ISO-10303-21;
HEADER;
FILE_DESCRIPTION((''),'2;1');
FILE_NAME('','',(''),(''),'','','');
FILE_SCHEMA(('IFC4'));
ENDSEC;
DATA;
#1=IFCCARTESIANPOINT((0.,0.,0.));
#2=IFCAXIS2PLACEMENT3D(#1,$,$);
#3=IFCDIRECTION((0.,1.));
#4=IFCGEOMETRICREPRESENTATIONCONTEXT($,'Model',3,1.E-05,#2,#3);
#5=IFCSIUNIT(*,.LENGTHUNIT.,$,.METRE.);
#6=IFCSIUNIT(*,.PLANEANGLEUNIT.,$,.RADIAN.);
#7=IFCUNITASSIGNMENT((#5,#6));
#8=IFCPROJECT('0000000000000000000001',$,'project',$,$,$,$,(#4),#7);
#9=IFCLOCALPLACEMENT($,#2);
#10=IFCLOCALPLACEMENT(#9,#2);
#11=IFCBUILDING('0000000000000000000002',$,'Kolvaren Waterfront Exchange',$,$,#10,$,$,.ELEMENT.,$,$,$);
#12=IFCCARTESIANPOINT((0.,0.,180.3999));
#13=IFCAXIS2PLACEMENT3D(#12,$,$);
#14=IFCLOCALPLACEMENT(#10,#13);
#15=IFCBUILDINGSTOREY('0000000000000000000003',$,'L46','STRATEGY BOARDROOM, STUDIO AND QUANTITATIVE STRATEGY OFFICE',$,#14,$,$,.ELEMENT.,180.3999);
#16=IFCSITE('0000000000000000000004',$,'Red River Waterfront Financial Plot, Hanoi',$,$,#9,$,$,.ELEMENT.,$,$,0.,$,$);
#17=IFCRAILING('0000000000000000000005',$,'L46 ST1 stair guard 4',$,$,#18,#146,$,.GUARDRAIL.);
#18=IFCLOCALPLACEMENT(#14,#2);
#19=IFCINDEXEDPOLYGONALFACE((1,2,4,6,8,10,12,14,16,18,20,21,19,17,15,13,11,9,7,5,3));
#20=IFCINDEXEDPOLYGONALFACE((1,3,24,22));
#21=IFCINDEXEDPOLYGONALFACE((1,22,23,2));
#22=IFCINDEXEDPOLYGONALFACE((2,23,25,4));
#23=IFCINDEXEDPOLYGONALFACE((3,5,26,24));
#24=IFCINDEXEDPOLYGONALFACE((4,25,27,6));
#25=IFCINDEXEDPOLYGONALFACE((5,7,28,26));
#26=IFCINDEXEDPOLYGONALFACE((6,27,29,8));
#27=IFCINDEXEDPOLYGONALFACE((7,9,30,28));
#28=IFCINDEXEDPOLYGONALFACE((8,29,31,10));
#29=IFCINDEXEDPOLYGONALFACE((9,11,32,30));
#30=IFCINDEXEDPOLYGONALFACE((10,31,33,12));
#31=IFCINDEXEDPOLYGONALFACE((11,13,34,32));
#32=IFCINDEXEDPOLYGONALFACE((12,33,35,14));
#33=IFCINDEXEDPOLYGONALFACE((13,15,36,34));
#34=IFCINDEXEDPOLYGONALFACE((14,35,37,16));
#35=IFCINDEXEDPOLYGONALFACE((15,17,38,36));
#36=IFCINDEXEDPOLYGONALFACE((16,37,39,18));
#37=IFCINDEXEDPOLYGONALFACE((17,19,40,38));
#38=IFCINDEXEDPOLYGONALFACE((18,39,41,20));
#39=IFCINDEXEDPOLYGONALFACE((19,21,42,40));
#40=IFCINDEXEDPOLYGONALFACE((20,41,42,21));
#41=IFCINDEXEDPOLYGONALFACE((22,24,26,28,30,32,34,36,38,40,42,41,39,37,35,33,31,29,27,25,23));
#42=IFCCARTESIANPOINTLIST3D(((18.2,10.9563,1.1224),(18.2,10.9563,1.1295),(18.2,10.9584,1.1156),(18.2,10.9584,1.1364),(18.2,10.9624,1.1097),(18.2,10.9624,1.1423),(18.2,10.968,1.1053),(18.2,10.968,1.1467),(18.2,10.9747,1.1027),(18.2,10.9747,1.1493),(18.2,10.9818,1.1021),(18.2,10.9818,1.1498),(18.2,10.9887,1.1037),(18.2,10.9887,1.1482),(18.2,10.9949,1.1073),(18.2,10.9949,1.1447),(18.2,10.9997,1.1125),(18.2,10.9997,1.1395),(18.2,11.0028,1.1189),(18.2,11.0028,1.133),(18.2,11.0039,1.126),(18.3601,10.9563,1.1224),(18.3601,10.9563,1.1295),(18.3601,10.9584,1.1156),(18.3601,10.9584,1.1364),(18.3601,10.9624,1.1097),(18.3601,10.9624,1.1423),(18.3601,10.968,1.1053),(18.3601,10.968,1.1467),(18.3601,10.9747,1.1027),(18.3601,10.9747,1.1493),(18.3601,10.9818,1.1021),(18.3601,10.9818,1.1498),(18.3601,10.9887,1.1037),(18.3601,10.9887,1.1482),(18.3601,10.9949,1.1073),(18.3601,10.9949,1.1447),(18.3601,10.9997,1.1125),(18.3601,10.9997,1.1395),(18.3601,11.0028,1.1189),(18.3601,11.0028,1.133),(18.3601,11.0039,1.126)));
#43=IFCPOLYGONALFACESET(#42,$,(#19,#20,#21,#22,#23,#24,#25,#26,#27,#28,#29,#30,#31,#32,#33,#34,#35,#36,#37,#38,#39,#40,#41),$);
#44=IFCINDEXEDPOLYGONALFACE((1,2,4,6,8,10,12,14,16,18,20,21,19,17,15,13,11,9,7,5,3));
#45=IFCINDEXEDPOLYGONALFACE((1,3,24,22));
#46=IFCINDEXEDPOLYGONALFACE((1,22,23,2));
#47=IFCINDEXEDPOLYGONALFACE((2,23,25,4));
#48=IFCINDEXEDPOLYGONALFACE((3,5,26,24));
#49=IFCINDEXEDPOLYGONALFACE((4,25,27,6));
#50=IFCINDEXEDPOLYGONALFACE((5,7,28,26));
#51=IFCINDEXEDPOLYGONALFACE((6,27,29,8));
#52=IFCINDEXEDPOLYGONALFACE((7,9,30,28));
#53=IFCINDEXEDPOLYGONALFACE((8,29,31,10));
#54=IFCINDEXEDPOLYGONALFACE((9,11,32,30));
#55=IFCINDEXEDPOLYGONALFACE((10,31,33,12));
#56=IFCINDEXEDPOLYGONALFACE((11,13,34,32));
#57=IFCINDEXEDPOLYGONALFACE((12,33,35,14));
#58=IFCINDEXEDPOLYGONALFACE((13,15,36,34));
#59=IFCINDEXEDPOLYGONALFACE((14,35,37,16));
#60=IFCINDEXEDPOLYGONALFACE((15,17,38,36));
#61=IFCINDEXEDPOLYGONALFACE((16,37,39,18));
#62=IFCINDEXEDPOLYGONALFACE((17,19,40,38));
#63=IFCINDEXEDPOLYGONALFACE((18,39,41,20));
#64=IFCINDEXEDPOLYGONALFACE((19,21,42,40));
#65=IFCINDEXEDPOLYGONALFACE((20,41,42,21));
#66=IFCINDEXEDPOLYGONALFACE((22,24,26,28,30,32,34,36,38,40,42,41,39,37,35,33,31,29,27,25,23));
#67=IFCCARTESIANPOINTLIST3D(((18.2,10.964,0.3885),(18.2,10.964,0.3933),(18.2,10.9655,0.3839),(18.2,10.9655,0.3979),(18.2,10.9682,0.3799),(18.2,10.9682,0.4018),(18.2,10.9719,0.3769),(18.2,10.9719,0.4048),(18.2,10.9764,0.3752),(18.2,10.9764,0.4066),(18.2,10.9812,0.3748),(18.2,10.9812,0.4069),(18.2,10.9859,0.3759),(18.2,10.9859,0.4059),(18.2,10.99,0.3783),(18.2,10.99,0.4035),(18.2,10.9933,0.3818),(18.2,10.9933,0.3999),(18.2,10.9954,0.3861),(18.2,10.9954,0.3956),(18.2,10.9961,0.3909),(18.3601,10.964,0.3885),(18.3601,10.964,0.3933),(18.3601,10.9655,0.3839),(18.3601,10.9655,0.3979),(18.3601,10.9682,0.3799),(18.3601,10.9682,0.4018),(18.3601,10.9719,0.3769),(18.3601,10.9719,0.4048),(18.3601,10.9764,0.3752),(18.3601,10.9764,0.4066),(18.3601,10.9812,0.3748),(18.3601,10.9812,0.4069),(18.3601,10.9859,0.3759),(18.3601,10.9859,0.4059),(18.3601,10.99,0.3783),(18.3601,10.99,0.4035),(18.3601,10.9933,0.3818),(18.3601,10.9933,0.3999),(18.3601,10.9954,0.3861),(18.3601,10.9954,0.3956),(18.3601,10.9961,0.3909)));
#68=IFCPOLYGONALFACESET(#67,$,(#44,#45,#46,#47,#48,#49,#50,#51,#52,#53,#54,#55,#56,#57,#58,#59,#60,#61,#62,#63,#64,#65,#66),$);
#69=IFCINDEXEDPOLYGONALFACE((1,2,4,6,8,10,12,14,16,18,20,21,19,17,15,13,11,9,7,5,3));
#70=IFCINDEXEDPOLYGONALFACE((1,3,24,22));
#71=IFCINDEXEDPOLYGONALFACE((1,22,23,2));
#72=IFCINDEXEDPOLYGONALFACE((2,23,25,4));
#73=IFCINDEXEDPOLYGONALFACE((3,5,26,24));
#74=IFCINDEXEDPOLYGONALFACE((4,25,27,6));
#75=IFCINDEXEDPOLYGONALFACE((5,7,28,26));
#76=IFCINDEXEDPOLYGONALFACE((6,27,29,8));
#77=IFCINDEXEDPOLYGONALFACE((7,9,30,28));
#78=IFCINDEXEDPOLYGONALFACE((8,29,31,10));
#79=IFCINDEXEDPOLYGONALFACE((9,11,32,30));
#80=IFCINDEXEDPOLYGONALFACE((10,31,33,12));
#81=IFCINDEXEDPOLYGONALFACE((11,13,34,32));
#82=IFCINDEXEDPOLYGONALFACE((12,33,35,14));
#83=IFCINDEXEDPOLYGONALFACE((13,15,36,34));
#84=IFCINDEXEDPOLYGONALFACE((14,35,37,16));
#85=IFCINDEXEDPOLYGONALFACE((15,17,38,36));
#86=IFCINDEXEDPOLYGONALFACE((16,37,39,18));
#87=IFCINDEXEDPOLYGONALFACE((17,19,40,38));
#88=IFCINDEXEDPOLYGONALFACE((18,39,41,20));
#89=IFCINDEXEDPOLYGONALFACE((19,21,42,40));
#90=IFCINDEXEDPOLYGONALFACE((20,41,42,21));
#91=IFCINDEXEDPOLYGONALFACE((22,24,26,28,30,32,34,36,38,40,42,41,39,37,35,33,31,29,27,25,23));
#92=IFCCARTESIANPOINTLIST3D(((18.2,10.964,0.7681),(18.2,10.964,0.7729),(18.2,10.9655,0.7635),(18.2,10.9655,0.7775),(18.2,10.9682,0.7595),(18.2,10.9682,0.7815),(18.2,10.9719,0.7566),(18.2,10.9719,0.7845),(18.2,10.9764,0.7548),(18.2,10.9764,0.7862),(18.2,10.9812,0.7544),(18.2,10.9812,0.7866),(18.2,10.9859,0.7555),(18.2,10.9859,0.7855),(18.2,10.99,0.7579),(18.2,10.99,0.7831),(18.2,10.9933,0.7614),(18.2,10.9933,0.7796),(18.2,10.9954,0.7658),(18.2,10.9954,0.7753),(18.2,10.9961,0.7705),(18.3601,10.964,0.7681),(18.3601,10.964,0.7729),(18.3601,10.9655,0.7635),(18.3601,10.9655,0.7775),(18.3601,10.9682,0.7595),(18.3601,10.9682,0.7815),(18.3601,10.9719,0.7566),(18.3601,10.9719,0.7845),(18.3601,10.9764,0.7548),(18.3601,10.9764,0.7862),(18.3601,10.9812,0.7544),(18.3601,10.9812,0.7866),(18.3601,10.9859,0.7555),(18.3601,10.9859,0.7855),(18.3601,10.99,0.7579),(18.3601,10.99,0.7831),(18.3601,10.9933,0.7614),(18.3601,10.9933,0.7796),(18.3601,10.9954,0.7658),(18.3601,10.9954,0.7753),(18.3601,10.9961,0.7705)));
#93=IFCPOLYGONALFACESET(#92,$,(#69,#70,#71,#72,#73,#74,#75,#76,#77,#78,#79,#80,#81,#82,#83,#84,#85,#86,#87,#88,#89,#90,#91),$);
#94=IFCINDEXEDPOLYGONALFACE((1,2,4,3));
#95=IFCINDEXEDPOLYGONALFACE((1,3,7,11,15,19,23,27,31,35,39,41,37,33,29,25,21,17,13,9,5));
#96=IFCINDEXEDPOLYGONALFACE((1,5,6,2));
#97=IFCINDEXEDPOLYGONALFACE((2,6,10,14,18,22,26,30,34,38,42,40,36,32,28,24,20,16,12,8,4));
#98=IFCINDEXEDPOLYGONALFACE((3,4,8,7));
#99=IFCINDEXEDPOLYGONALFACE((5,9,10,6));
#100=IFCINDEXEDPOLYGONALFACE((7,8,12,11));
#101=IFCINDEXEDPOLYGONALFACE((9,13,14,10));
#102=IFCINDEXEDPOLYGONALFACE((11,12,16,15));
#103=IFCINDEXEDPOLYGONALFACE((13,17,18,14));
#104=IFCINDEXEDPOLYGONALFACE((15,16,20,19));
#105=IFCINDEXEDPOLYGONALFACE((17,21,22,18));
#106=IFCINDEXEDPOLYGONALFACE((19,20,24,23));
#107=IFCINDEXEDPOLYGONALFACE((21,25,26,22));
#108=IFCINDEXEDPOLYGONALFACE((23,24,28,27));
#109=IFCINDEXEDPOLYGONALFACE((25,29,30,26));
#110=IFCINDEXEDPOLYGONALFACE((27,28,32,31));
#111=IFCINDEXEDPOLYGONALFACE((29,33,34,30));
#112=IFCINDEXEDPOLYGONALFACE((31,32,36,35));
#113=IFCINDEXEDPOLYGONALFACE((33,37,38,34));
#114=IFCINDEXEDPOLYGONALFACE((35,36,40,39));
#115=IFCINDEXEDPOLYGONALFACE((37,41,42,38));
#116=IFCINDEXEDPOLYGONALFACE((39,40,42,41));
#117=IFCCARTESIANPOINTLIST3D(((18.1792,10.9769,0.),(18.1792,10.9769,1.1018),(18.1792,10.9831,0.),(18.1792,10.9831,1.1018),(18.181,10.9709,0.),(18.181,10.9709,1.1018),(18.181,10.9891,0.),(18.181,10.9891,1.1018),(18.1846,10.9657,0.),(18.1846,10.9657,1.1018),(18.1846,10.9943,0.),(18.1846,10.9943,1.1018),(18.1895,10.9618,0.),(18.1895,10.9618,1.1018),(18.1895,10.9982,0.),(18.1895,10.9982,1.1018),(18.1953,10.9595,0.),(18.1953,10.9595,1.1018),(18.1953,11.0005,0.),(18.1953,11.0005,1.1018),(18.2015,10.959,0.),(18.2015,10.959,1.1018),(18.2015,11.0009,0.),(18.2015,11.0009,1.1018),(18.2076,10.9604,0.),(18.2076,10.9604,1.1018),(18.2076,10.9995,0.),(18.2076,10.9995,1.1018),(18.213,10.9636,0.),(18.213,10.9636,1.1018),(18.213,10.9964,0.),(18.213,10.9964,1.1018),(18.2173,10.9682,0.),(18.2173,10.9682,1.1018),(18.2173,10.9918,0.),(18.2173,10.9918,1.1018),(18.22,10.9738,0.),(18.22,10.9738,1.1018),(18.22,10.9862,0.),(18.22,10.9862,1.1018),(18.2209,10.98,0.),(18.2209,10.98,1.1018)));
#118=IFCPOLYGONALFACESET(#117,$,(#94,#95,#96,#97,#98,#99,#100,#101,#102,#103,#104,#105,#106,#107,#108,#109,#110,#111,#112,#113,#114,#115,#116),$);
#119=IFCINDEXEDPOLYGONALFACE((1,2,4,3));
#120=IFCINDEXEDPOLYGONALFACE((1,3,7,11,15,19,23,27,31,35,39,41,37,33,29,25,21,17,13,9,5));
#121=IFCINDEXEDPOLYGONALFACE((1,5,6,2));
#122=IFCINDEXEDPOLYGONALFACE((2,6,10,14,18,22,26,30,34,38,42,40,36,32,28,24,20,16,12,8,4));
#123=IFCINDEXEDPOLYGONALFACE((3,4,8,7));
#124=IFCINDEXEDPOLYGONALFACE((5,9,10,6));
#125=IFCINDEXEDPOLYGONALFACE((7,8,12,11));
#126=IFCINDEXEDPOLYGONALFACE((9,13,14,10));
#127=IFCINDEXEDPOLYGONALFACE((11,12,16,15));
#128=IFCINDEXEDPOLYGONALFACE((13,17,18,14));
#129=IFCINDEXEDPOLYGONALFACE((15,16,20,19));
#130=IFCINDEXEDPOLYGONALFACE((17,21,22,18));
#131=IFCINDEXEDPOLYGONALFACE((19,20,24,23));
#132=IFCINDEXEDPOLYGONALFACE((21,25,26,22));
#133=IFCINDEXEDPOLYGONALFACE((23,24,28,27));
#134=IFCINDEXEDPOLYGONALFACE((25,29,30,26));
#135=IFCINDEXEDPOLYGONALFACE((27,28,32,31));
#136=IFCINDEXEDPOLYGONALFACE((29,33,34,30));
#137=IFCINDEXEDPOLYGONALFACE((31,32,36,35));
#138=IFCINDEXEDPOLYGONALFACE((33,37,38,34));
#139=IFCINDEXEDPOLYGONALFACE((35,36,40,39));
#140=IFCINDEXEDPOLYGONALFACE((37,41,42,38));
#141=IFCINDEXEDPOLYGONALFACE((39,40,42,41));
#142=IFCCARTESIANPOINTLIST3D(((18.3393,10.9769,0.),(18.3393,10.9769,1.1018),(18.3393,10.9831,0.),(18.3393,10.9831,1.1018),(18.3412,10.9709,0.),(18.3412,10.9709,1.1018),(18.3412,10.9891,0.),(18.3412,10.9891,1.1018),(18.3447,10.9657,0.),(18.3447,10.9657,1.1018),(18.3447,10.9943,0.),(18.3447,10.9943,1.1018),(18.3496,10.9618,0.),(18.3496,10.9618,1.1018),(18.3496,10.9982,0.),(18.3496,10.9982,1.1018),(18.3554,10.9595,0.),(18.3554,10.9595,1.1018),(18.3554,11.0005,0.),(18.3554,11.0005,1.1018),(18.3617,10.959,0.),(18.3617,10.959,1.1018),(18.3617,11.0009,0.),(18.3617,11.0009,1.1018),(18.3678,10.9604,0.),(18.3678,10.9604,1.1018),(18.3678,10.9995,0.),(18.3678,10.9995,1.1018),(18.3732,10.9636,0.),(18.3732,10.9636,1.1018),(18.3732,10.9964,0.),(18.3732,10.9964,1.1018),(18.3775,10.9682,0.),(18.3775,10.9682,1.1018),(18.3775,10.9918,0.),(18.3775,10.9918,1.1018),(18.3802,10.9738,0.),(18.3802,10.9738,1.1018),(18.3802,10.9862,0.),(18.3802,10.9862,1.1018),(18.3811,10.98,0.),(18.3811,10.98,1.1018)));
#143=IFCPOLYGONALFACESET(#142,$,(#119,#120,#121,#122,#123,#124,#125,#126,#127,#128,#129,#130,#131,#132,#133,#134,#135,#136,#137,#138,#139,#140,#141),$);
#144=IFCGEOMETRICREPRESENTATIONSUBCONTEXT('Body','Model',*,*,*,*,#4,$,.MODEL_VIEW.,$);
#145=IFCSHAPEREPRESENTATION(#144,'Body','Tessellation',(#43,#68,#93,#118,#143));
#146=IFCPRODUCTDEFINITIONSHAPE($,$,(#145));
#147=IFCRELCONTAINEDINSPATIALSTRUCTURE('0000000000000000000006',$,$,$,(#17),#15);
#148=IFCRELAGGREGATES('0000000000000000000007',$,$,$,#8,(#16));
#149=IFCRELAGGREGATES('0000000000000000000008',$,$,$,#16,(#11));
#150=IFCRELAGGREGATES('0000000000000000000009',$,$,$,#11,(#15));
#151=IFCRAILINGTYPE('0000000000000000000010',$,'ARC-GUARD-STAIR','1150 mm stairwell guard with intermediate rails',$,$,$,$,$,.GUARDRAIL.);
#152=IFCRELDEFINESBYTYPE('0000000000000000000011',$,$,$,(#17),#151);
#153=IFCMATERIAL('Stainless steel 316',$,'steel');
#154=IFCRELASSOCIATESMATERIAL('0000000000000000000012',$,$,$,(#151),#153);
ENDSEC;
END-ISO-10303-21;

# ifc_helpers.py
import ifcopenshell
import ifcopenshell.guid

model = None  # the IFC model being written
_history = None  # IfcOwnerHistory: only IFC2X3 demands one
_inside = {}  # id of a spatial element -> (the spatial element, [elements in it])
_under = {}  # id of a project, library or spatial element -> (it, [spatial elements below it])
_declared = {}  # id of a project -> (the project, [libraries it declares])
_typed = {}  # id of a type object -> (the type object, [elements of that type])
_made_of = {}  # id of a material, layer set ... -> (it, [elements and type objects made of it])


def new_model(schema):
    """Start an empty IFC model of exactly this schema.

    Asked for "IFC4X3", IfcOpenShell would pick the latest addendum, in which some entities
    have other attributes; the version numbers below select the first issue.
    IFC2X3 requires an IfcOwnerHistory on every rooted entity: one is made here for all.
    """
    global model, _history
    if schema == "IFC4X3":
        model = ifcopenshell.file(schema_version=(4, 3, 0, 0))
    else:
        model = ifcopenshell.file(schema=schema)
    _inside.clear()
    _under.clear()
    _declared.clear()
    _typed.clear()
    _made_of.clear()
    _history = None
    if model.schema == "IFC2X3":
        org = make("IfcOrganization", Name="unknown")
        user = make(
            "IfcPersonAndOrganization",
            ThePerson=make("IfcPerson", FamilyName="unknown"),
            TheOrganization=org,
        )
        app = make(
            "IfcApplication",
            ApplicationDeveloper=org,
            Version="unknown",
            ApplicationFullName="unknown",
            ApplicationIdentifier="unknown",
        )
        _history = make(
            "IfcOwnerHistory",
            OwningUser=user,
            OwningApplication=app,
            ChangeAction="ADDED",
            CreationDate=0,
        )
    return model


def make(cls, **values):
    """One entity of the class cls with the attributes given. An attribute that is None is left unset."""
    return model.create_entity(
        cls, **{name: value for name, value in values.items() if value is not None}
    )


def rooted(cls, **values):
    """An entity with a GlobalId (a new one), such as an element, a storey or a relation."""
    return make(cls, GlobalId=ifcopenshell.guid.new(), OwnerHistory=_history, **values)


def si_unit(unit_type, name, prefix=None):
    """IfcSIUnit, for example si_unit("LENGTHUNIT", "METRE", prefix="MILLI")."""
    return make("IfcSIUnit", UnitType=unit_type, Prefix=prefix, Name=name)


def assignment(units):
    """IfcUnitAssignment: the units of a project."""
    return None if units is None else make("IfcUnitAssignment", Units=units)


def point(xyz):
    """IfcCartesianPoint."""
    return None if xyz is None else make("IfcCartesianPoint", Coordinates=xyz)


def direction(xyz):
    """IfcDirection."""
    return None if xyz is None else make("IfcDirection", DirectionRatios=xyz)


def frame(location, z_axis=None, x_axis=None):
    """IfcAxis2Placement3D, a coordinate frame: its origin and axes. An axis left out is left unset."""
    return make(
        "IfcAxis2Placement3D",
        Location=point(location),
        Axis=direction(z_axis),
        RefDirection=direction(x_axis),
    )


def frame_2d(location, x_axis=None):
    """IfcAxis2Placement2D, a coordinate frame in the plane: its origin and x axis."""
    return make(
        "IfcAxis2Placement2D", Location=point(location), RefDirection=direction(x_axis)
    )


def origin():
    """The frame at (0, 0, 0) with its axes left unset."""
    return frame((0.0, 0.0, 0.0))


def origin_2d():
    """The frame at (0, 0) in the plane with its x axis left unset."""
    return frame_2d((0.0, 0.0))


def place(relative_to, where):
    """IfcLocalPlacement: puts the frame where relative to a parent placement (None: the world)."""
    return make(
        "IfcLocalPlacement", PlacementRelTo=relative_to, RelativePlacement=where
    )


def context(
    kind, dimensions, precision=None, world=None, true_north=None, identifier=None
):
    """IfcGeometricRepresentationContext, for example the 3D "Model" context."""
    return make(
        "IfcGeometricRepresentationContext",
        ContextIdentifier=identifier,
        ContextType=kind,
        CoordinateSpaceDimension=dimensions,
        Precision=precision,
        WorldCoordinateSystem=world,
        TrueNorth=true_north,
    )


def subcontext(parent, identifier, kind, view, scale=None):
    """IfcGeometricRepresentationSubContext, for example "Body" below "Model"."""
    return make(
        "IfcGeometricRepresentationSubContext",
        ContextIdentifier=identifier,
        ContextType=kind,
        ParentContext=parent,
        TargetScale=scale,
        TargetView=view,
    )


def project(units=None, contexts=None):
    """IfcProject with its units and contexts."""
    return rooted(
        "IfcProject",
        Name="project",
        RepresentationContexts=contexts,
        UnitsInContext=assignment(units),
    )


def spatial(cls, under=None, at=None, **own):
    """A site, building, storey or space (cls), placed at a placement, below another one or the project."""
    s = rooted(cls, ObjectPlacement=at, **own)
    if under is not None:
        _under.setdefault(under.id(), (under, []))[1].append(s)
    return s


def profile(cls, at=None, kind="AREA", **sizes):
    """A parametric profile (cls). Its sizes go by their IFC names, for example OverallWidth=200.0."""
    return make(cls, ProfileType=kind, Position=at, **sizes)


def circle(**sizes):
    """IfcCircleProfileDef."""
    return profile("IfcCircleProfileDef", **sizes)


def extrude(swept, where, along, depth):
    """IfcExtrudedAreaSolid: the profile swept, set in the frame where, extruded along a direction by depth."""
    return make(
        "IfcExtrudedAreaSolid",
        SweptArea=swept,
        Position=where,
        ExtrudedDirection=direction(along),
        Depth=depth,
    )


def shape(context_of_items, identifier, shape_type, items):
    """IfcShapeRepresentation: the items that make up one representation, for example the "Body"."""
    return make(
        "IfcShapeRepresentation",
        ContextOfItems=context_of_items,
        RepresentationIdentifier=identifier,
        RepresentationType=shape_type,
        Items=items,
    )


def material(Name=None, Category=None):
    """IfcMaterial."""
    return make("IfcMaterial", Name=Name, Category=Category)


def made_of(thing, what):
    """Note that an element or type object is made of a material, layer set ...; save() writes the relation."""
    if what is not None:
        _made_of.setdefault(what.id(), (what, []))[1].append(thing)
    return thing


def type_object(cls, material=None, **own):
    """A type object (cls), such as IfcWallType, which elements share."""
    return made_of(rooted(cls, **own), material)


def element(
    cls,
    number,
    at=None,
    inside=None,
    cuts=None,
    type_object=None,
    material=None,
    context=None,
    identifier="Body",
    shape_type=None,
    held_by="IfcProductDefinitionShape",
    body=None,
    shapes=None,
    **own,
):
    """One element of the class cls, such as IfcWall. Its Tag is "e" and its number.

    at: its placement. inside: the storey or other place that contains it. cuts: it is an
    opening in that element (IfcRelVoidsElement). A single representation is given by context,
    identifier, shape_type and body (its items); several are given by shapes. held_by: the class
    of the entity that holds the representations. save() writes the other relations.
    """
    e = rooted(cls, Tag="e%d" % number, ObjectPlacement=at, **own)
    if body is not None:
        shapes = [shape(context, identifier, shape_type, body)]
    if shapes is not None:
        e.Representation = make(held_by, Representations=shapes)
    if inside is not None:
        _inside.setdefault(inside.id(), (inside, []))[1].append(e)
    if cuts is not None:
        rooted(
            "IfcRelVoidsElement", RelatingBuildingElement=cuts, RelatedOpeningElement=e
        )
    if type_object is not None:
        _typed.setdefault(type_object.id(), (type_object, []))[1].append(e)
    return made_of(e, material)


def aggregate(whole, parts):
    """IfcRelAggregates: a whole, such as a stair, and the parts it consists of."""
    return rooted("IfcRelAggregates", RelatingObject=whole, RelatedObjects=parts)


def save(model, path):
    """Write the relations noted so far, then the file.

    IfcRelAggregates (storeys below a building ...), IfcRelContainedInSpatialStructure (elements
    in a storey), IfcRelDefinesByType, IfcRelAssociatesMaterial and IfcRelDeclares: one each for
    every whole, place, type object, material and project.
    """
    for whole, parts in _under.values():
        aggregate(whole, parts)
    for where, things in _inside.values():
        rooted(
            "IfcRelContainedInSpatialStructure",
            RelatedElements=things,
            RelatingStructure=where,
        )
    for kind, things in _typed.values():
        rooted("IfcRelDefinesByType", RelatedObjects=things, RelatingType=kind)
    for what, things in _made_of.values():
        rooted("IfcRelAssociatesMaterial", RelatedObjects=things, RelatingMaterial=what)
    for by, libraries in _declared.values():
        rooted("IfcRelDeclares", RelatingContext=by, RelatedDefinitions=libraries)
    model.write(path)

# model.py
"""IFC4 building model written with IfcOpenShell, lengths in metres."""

from ifc_helpers import new_model, si_unit, direction, frame, origin, origin_2d, place, context, subcontext, project, spatial, circle, extrude, material, type_object, element, save


model = new_model("IFC4")

# Units and contexts
model_context = context("Model", 3, precision=1e-05, world=origin(), true_north=direction((0.0, 1.0)))
body_context = subcontext(model_context, "Body", "Model", "MODEL_VIEW")
ifc_project = project(units=[si_unit("LENGTHUNIT", "METRE"), si_unit("PLANEANGLEUNIT", "RADIAN")], contexts=[model_context])

# Site, building, storey
site_placement = place(None, origin())
site = spatial("IfcSite", under=ifc_project, at=site_placement, Name="Red River Waterfront Financial Plot, Hanoi", CompositionType="ELEMENT", RefElevation=0.0)
building_placement = place(site_placement, origin())
building = spatial("IfcBuilding", under=site, at=building_placement, Name="Kolvaren Waterfront Exchange", CompositionType="ELEMENT")
storey_placement = place(building_placement, frame((0.0, 0.0, 180.3999)))
storey = spatial("IfcBuildingStorey", under=building, at=storey_placement, Name="L46", Description="STRATEGY BOARDROOM, STUDIO AND QUANTITATIVE STRATEGY OFFICE", CompositionType="ELEMENT", Elevation=180.3999)

# Railing
ifc_material_1 = material(Name="Stainless steel 316", Category="steel")
railing_type_1 = type_object("IfcRailingType", Name="ARC-GUARD-STAIR", Description="1150 mm stairwell guard with intermediate rails", PredefinedType="GUARDRAIL", material=ifc_material_1)
railing_1_placement = place(storey_placement, frame((18.2, 10.98, 0.0)))
element("IfcRailing", 1, at=railing_1_placement, inside=storey, type_object=railing_type_1, Name="L46 ST1 stair guard 4", PredefinedType="GUARDRAIL", context=body_context, shape_type="SweptSolid", body=[
    extrude(circle(Radius=0.0239, at=origin_2d()), frame((0.0, 0.0, 1.126), z_axis=(1.0, 0.0, 0.0), x_axis=(0.0, 1.0, 0.0)), (0.0, 0.0, 1.0), 0.1602),
    extrude(circle(Radius=0.0161, at=origin_2d()), frame((0.0, 0.0, 0.3909), z_axis=(1.0, 0.0, 0.0), x_axis=(0.0, 1.0, 0.0)), (0.0, 0.0, 1.0), 0.1602),
    extrude(circle(Radius=0.0161, at=origin_2d()), frame((0.0, 0.0, 0.7705), z_axis=(1.0, 0.0, 0.0), x_axis=(0.0, 1.0, 0.0)), (0.0, 0.0, 1.0), 0.1602),
    extrude(circle(Radius=0.021, at=origin_2d()), origin(), (0.0, 0.0, 1.0), 1.1018),
    extrude(circle(Radius=0.021, at=origin_2d()), frame((0.1602, 0.0, 0.0)), (0.0, 0.0, 1.0), 1.1018),
])

save(model, "model.ifc")
